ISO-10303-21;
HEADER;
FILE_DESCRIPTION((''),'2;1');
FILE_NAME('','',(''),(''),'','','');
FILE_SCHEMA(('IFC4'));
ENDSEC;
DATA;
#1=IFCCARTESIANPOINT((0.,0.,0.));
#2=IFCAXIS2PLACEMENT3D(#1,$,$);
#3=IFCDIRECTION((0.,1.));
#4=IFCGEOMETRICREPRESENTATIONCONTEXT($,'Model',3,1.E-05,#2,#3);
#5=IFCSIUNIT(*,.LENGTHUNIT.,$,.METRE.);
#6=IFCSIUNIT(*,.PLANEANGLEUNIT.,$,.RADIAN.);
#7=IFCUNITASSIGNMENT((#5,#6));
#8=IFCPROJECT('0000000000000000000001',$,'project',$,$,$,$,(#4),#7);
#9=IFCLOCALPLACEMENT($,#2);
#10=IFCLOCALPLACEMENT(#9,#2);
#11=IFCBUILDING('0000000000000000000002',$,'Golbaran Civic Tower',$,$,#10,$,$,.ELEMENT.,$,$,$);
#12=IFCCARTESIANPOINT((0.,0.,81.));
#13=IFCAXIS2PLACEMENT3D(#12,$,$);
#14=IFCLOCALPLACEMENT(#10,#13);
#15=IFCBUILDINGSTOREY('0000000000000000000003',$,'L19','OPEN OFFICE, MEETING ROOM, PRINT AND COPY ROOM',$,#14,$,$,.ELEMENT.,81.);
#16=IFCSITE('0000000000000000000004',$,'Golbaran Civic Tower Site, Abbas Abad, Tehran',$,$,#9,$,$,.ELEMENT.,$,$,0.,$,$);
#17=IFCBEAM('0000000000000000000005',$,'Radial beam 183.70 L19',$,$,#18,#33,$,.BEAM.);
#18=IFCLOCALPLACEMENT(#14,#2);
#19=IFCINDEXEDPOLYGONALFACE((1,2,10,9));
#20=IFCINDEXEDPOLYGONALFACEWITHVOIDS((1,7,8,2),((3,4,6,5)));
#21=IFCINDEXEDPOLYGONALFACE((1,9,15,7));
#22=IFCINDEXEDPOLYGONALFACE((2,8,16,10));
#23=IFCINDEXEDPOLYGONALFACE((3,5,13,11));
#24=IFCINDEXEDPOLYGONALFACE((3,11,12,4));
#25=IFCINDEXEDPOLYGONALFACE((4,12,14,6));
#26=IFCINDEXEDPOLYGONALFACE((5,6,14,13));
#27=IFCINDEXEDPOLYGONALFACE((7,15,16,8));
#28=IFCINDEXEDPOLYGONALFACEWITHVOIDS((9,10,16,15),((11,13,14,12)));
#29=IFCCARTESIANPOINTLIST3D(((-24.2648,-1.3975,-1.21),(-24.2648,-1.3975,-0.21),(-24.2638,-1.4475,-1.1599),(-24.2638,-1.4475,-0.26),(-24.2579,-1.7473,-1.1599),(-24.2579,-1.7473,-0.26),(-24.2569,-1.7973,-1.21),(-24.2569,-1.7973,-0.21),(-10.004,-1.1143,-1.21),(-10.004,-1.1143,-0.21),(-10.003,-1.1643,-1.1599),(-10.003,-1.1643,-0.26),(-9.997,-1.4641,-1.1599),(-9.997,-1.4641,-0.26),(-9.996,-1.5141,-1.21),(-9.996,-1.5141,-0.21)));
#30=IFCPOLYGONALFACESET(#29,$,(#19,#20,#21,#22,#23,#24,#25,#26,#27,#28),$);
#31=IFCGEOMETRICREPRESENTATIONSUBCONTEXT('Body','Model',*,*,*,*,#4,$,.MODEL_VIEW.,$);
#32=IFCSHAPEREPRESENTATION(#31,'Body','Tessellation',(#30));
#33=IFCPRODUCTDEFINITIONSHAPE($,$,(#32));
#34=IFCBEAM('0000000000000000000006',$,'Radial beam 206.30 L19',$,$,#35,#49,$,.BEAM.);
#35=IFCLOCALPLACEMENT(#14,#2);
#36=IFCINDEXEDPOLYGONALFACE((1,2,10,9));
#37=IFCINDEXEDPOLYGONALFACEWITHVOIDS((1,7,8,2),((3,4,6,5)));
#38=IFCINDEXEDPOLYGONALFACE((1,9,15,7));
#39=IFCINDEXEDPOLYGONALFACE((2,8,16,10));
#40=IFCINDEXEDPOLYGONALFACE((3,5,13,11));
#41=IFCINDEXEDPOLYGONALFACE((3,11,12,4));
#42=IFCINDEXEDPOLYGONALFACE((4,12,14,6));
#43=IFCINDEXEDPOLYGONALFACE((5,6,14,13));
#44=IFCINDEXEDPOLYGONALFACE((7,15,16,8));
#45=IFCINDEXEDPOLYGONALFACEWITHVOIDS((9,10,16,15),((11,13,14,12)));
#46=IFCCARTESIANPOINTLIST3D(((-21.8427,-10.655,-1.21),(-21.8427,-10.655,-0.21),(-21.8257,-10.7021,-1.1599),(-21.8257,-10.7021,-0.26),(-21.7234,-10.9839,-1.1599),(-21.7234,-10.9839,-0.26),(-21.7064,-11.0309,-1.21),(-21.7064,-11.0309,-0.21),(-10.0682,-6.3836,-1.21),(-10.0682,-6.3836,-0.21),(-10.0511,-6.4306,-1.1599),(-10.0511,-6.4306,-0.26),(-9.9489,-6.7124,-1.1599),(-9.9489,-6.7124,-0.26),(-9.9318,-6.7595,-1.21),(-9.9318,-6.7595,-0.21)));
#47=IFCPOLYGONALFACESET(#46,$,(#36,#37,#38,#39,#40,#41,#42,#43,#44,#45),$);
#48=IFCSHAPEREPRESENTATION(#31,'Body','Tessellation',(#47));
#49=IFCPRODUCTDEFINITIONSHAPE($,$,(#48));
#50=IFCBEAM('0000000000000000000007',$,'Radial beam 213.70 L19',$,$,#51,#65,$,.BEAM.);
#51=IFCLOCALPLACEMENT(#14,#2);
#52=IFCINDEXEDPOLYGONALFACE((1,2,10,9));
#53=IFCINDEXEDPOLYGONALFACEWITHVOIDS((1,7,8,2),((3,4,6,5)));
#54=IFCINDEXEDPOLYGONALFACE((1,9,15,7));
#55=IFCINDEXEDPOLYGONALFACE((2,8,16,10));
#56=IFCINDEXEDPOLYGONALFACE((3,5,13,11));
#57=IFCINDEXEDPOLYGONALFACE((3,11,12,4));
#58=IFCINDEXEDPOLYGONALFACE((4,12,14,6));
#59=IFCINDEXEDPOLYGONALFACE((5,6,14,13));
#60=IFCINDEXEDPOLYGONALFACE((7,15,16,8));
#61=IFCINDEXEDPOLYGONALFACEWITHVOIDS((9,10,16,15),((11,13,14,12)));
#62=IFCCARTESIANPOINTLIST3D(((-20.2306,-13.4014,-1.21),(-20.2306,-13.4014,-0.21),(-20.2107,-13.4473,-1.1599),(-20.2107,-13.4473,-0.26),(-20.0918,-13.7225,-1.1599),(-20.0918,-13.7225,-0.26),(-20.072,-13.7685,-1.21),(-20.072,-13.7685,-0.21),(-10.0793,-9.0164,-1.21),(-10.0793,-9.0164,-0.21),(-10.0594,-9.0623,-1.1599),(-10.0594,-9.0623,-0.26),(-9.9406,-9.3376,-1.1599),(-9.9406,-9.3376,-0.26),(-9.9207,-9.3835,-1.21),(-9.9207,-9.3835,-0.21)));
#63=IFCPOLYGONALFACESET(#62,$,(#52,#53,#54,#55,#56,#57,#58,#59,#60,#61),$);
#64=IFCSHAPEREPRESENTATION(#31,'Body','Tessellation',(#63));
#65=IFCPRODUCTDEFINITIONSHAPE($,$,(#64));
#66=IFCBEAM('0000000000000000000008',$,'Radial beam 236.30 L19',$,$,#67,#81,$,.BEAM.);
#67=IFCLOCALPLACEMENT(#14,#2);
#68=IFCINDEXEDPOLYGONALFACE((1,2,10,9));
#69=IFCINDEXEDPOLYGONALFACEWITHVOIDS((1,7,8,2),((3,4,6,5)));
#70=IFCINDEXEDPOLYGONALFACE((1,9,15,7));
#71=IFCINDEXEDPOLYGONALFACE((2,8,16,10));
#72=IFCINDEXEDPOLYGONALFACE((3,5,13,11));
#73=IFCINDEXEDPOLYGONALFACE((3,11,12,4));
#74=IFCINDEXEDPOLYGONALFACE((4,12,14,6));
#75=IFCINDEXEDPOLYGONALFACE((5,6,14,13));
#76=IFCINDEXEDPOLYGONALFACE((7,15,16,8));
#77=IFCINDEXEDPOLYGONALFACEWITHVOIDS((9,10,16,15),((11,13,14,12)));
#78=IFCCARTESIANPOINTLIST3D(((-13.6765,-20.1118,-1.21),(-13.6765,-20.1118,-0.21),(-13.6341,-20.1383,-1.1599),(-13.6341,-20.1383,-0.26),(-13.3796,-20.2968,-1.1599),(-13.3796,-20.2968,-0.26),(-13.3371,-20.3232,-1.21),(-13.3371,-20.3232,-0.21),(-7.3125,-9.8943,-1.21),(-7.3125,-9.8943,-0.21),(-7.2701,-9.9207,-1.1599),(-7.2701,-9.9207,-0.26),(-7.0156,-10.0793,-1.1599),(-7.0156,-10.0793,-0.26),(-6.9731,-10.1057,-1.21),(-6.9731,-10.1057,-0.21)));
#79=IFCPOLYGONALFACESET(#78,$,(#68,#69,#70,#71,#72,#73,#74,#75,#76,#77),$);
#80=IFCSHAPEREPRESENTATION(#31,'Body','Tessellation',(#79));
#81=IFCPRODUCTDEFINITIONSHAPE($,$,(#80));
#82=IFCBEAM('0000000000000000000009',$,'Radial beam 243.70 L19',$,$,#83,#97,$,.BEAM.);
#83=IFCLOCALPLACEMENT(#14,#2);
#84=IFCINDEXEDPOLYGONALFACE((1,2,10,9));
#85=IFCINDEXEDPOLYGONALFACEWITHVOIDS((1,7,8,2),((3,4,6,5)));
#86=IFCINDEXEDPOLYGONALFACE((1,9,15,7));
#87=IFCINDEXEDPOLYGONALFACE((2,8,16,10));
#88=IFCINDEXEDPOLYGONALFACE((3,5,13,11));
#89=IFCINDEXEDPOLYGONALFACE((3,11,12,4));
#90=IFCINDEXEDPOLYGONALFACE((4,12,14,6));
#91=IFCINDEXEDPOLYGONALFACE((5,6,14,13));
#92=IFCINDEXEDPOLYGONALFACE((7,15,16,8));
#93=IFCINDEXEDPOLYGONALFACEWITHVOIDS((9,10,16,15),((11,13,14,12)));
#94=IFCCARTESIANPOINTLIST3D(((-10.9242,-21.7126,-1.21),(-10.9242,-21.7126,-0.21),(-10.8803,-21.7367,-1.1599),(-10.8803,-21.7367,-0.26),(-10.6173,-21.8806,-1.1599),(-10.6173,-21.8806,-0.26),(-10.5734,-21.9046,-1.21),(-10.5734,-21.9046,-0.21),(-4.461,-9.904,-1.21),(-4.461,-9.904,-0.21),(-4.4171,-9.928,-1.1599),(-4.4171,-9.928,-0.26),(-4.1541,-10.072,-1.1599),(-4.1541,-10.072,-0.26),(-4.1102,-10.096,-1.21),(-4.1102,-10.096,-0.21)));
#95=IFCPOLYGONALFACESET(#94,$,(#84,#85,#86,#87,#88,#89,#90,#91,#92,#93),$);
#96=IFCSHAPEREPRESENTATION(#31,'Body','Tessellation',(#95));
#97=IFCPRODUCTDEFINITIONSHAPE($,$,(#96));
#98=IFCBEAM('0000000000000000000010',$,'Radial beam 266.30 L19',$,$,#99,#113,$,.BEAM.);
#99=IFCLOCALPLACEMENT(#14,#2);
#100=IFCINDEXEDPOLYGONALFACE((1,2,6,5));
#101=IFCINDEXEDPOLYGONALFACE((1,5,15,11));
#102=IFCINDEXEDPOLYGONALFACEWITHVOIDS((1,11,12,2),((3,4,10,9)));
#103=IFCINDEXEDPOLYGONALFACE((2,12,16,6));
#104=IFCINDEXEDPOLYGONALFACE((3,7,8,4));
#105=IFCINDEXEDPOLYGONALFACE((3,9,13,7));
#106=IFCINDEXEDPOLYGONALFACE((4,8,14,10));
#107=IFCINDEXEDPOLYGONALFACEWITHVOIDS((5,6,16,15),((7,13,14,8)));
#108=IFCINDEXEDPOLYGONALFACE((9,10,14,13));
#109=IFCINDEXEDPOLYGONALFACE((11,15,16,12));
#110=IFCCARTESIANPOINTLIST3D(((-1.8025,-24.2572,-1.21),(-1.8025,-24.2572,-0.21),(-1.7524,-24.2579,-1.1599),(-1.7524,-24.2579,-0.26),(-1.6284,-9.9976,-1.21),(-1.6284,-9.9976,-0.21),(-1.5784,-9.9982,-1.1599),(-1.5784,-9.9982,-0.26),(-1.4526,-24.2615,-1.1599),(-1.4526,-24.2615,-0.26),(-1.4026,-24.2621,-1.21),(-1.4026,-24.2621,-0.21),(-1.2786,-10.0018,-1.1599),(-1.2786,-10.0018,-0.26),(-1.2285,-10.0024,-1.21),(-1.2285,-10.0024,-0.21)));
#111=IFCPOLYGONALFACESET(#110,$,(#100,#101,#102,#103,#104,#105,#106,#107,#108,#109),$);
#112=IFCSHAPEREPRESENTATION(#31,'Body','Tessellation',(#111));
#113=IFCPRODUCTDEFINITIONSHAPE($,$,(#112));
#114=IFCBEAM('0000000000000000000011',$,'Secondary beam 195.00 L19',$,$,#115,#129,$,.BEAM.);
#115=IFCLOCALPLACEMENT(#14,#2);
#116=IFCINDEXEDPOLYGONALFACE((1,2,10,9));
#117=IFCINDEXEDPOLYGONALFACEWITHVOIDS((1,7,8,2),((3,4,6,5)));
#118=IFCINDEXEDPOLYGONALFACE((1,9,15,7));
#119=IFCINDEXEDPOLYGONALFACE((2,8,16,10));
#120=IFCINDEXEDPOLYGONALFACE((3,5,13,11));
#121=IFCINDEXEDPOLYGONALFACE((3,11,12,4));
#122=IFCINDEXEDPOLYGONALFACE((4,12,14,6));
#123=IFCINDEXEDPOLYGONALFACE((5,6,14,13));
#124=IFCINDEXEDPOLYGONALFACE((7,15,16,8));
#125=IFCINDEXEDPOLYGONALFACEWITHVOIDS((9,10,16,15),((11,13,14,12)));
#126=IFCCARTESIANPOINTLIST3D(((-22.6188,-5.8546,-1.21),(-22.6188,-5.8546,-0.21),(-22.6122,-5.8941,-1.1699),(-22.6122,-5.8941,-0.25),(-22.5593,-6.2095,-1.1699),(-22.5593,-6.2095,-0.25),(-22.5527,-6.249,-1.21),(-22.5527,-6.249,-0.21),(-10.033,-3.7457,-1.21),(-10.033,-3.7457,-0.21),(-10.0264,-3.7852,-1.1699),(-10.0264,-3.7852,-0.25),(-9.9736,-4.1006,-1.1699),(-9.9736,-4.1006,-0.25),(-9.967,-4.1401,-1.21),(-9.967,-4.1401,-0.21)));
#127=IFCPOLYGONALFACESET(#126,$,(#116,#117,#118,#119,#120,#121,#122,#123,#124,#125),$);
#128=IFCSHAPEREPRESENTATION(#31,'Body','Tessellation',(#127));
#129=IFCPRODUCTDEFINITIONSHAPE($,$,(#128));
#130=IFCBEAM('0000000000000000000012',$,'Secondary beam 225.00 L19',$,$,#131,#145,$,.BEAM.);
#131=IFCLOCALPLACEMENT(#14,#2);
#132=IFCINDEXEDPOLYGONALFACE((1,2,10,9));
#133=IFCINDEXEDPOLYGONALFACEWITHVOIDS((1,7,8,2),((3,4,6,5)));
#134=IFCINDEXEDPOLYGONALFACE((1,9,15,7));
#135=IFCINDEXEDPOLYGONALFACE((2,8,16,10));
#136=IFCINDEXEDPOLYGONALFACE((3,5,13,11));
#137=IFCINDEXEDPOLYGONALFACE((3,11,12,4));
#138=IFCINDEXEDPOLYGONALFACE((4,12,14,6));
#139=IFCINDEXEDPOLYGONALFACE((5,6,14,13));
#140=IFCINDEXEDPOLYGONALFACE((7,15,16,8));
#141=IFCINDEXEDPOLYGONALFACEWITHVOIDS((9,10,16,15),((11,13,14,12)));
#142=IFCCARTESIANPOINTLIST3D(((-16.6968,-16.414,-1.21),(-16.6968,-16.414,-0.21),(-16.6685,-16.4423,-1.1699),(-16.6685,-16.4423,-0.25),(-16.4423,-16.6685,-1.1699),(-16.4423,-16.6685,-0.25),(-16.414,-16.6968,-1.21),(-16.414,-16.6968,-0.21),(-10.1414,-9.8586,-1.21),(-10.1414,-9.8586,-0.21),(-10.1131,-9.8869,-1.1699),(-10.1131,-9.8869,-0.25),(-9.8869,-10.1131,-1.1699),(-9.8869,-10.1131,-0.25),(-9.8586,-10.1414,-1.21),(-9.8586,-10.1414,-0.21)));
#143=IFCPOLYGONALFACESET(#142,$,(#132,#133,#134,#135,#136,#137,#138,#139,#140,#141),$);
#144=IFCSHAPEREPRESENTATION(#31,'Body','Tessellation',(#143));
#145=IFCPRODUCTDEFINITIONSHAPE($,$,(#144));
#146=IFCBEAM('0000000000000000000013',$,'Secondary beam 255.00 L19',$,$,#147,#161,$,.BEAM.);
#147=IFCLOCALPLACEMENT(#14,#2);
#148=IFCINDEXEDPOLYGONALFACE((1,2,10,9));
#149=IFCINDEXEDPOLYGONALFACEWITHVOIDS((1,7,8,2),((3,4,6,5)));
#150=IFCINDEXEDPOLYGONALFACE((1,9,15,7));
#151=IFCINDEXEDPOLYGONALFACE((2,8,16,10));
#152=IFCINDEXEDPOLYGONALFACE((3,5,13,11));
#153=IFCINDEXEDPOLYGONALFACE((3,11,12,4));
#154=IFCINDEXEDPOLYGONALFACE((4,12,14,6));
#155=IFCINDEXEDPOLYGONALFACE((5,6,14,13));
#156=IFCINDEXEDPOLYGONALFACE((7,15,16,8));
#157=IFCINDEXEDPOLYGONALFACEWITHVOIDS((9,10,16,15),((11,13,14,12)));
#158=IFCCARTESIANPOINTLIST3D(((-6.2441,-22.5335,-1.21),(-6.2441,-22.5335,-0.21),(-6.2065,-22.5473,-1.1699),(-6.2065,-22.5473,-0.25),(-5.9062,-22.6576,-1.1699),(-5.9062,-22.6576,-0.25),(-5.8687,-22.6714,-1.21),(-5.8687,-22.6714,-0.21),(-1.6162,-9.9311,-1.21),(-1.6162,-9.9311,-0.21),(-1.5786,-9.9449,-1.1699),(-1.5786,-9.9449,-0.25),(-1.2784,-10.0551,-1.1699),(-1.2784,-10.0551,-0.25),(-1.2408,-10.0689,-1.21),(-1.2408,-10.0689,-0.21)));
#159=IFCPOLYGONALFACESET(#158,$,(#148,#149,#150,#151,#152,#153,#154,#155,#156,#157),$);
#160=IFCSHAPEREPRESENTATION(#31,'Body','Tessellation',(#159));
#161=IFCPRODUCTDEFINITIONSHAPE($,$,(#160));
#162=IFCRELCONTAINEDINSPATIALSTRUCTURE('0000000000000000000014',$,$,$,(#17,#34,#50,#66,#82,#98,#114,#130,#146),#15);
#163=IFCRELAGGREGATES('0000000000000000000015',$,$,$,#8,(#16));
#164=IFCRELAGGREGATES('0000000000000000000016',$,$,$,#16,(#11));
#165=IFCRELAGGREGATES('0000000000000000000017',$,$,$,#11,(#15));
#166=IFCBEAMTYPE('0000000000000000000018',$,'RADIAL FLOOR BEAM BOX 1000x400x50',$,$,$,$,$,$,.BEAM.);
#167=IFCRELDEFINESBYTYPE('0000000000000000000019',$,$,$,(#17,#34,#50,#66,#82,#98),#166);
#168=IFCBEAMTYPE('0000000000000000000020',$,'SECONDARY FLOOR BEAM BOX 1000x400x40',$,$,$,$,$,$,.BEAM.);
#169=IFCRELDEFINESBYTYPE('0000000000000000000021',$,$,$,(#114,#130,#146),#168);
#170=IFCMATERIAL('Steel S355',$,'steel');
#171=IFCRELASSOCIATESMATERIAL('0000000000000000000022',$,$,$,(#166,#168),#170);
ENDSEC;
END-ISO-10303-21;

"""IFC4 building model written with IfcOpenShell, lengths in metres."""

from ifc_helpers import new_model, si_unit, direction, frame, origin, origin_2d, place, context, subcontext, project, spatial, hollow_rectangle, extrude, material, material_profile, profile_set, type_object, element, save


model = new_model("IFC4")

# Units and contexts
model_context = context("Model", 3, precision=1e-05, world=origin(), true_north=direction((0.0, 1.0)))
body_context = subcontext(model_context, "Body", "Model", "MODEL_VIEW")
ifc_project = project(units=[si_unit("LENGTHUNIT", "METRE"), si_unit("PLANEANGLEUNIT", "RADIAN")], contexts=[model_context])

# Site, building, storey
site_placement = place(None, origin())
site = spatial("IfcSite", under=ifc_project, at=site_placement, Name="Golbaran Civic Tower Site, Abbas Abad, Tehran", CompositionType="ELEMENT", RefElevation=0.0)
building_placement = place(site_placement, origin())
building = spatial("IfcBuilding", under=site, at=building_placement, Name="Golbaran Civic Tower", CompositionType="ELEMENT")
storey_placement = place(building_placement, frame((0.0, 0.0, 81.0)))
storey = spatial("IfcBuildingStorey", under=building, at=storey_placement, Name="L19", Description="OPEN OFFICE, MEETING ROOM, PRINT AND COPY ROOM", CompositionType="ELEMENT", Elevation=81.0)

# Beams
ifc_material_1 = material(Name="Steel S355", Category="steel")
ifc_material_profile_1 = material_profile(ifc_material_1, hollow_rectangle(XDim=0.3999, YDim=1.0, WallThickness=0.05, at=origin_2d()), Name="BOX 1000x400x50")
ifc_profile_set_1 = profile_set([ifc_material_profile_1], Name="Steel S355")
beam_type_1 = type_object("IfcBeamType", Name="RADIAL FLOOR BEAM BOX 1000x400x50", PredefinedType="BEAM", material=ifc_profile_set_1)
beam_1_placement = place(storey_placement, frame((-10.0, -1.3142, -0.71), z_axis=(-0.999803, -0.019855, 0.0), x_axis=(0.019855, -0.999803, 0.0)))
element("IfcBeam", 1, at=beam_1_placement, inside=storey, type_object=beam_type_1, Name="Radial beam 183.70 L19", PredefinedType="BEAM", context=body_context, shape_type="SweptSolid", body=[
    extrude(hollow_rectangle(XDim=0.3999, YDim=1.0, WallThickness=0.05, at=origin_2d()), origin(), (0.0, 0.0, 1.0), 14.2637),
])
beam_2_placement = place(storey_placement, frame((-10.0, -6.5715, -0.71), z_axis=(-0.940055, -0.341023, 0.0), x_axis=(0.341023, -0.940055, 0.0)))
element("IfcBeam", 2, at=beam_2_placement, inside=storey, type_object=beam_type_1, Name="Radial beam 206.30 L19", PredefinedType="BEAM", context=body_context, shape_type="SweptSolid", body=[
    extrude(hollow_rectangle(XDim=0.3999, YDim=1.0, WallThickness=0.05, at=origin_2d()), origin(), (0.0, 0.0, 1.0), 12.5254),
])
beam_3_placement = place(storey_placement, frame((-10.0, -9.2, -0.71), z_axis=(-0.918014, -0.396548, 0.0), x_axis=(0.396548, -0.918014, 0.0)))
element("IfcBeam", 3, at=beam_3_placement, inside=storey, type_object=beam_type_1, Name="Radial beam 213.70 L19", PredefinedType="BEAM", context=body_context, shape_type="SweptSolid", body=[
    extrude(hollow_rectangle(XDim=0.3999, YDim=1.0, WallThickness=0.05, at=origin_2d()), origin(), (0.0, 0.0, 1.0), 11.0579),
])
beam_4_placement = place(storey_placement, frame((-7.1428, -10.0, -0.71), z_axis=(-0.528688, -0.848817, 0.0), x_axis=(0.848817, -0.528688, 0.0)))
element("IfcBeam", 4, at=beam_4_placement, inside=storey, type_object=beam_type_1, Name="Radial beam 236.30 L19", PredefinedType="BEAM", context=body_context, shape_type="SweptSolid", body=[
    extrude(hollow_rectangle(XDim=0.3999, YDim=1.0, WallThickness=0.05, at=origin_2d()), origin(), (0.0, 0.0, 1.0), 12.0374),
])
beam_5_placement = place(storey_placement, frame((-4.2856, -10.0, -0.71), z_axis=(-0.480116, -0.877205, 0.0), x_axis=(0.877205, -0.480116, 0.0)))
element("IfcBeam", 5, at=beam_5_placement, inside=storey, type_object=beam_type_1, Name="Radial beam 243.70 L19", PredefinedType="BEAM", context=body_context, shape_type="SweptSolid", body=[
    extrude(hollow_rectangle(XDim=0.3999, YDim=1.0, WallThickness=0.05, at=origin_2d()), origin(), (0.0, 0.0, 1.0), 13.4617),
])
beam_6_placement = place(storey_placement, frame((-1.4285, -10.0, -0.71), z_axis=(-0.012206, -0.999926, 0.0), x_axis=(0.999926, -0.012206, 0.0)))
element("IfcBeam", 6, at=beam_6_placement, inside=storey, type_object=beam_type_1, Name="Radial beam 266.30 L19", PredefinedType="BEAM", context=body_context, shape_type="SweptSolid", body=[
    extrude(hollow_rectangle(XDim=0.3999, YDim=1.0, WallThickness=0.05, at=origin_2d()), origin(), (0.0, 0.0, 1.0), 14.2607),
])
ifc_material_profile_2 = material_profile(ifc_material_1, hollow_rectangle(XDim=0.3999, YDim=1.0, WallThickness=0.04, at=origin_2d()), Name="BOX 1000x400x40")
ifc_profile_set_2 = profile_set([ifc_material_profile_2], Name="Steel S355")
beam_type_2 = type_object("IfcBeamType", Name="SECONDARY FLOOR BEAM BOX 1000x400x40", PredefinedType="BEAM", material=ifc_profile_set_2)
beam_7_placement = place(storey_placement, frame((-10.0, -3.9429, -0.71), z_axis=(-0.98625, -0.165258, 0.0), x_axis=(0.165258, -0.98625, 0.0)))
element("IfcBeam", 7, at=beam_7_placement, inside=storey, type_object=beam_type_2, Name="Secondary beam 195.00 L19", PredefinedType="BEAM", context=body_context, shape_type="SweptSolid", body=[
    extrude(hollow_rectangle(XDim=0.3999, YDim=1.0, WallThickness=0.04, at=origin_2d()), origin(), (0.0, 0.0, 1.0), 12.7612),
])
beam_8_placement = place(storey_placement, frame((-10.0, -10.0, -0.71), z_axis=(-0.707107, -0.707107, 0.0), x_axis=(0.707107, -0.707107, 0.0)))
element("IfcBeam", 8, at=beam_8_placement, inside=storey, type_object=beam_type_2, Name="Secondary beam 225.00 L19", PredefinedType="BEAM", context=body_context, shape_type="SweptSolid", body=[
    extrude(hollow_rectangle(XDim=0.3999, YDim=1.0, WallThickness=0.04, at=origin_2d()), origin(), (0.0, 0.0, 1.0), 9.2708),
])
beam_9_placement = place(storey_placement, frame((-1.4285, -10.0, -0.71), z_axis=(-0.344714, -0.938708, 0.0), x_axis=(0.938708, -0.344714, 0.0)))
element("IfcBeam", 9, at=beam_9_placement, inside=storey, type_object=beam_type_2, Name="Secondary beam 255.00 L19", PredefinedType="BEAM", context=body_context, shape_type="SweptSolid", body=[
    extrude(hollow_rectangle(XDim=0.3999, YDim=1.0, WallThickness=0.04, at=origin_2d()), origin(), (0.0, 0.0, 1.0), 13.4253),
])

save(model, "model.ifc")
